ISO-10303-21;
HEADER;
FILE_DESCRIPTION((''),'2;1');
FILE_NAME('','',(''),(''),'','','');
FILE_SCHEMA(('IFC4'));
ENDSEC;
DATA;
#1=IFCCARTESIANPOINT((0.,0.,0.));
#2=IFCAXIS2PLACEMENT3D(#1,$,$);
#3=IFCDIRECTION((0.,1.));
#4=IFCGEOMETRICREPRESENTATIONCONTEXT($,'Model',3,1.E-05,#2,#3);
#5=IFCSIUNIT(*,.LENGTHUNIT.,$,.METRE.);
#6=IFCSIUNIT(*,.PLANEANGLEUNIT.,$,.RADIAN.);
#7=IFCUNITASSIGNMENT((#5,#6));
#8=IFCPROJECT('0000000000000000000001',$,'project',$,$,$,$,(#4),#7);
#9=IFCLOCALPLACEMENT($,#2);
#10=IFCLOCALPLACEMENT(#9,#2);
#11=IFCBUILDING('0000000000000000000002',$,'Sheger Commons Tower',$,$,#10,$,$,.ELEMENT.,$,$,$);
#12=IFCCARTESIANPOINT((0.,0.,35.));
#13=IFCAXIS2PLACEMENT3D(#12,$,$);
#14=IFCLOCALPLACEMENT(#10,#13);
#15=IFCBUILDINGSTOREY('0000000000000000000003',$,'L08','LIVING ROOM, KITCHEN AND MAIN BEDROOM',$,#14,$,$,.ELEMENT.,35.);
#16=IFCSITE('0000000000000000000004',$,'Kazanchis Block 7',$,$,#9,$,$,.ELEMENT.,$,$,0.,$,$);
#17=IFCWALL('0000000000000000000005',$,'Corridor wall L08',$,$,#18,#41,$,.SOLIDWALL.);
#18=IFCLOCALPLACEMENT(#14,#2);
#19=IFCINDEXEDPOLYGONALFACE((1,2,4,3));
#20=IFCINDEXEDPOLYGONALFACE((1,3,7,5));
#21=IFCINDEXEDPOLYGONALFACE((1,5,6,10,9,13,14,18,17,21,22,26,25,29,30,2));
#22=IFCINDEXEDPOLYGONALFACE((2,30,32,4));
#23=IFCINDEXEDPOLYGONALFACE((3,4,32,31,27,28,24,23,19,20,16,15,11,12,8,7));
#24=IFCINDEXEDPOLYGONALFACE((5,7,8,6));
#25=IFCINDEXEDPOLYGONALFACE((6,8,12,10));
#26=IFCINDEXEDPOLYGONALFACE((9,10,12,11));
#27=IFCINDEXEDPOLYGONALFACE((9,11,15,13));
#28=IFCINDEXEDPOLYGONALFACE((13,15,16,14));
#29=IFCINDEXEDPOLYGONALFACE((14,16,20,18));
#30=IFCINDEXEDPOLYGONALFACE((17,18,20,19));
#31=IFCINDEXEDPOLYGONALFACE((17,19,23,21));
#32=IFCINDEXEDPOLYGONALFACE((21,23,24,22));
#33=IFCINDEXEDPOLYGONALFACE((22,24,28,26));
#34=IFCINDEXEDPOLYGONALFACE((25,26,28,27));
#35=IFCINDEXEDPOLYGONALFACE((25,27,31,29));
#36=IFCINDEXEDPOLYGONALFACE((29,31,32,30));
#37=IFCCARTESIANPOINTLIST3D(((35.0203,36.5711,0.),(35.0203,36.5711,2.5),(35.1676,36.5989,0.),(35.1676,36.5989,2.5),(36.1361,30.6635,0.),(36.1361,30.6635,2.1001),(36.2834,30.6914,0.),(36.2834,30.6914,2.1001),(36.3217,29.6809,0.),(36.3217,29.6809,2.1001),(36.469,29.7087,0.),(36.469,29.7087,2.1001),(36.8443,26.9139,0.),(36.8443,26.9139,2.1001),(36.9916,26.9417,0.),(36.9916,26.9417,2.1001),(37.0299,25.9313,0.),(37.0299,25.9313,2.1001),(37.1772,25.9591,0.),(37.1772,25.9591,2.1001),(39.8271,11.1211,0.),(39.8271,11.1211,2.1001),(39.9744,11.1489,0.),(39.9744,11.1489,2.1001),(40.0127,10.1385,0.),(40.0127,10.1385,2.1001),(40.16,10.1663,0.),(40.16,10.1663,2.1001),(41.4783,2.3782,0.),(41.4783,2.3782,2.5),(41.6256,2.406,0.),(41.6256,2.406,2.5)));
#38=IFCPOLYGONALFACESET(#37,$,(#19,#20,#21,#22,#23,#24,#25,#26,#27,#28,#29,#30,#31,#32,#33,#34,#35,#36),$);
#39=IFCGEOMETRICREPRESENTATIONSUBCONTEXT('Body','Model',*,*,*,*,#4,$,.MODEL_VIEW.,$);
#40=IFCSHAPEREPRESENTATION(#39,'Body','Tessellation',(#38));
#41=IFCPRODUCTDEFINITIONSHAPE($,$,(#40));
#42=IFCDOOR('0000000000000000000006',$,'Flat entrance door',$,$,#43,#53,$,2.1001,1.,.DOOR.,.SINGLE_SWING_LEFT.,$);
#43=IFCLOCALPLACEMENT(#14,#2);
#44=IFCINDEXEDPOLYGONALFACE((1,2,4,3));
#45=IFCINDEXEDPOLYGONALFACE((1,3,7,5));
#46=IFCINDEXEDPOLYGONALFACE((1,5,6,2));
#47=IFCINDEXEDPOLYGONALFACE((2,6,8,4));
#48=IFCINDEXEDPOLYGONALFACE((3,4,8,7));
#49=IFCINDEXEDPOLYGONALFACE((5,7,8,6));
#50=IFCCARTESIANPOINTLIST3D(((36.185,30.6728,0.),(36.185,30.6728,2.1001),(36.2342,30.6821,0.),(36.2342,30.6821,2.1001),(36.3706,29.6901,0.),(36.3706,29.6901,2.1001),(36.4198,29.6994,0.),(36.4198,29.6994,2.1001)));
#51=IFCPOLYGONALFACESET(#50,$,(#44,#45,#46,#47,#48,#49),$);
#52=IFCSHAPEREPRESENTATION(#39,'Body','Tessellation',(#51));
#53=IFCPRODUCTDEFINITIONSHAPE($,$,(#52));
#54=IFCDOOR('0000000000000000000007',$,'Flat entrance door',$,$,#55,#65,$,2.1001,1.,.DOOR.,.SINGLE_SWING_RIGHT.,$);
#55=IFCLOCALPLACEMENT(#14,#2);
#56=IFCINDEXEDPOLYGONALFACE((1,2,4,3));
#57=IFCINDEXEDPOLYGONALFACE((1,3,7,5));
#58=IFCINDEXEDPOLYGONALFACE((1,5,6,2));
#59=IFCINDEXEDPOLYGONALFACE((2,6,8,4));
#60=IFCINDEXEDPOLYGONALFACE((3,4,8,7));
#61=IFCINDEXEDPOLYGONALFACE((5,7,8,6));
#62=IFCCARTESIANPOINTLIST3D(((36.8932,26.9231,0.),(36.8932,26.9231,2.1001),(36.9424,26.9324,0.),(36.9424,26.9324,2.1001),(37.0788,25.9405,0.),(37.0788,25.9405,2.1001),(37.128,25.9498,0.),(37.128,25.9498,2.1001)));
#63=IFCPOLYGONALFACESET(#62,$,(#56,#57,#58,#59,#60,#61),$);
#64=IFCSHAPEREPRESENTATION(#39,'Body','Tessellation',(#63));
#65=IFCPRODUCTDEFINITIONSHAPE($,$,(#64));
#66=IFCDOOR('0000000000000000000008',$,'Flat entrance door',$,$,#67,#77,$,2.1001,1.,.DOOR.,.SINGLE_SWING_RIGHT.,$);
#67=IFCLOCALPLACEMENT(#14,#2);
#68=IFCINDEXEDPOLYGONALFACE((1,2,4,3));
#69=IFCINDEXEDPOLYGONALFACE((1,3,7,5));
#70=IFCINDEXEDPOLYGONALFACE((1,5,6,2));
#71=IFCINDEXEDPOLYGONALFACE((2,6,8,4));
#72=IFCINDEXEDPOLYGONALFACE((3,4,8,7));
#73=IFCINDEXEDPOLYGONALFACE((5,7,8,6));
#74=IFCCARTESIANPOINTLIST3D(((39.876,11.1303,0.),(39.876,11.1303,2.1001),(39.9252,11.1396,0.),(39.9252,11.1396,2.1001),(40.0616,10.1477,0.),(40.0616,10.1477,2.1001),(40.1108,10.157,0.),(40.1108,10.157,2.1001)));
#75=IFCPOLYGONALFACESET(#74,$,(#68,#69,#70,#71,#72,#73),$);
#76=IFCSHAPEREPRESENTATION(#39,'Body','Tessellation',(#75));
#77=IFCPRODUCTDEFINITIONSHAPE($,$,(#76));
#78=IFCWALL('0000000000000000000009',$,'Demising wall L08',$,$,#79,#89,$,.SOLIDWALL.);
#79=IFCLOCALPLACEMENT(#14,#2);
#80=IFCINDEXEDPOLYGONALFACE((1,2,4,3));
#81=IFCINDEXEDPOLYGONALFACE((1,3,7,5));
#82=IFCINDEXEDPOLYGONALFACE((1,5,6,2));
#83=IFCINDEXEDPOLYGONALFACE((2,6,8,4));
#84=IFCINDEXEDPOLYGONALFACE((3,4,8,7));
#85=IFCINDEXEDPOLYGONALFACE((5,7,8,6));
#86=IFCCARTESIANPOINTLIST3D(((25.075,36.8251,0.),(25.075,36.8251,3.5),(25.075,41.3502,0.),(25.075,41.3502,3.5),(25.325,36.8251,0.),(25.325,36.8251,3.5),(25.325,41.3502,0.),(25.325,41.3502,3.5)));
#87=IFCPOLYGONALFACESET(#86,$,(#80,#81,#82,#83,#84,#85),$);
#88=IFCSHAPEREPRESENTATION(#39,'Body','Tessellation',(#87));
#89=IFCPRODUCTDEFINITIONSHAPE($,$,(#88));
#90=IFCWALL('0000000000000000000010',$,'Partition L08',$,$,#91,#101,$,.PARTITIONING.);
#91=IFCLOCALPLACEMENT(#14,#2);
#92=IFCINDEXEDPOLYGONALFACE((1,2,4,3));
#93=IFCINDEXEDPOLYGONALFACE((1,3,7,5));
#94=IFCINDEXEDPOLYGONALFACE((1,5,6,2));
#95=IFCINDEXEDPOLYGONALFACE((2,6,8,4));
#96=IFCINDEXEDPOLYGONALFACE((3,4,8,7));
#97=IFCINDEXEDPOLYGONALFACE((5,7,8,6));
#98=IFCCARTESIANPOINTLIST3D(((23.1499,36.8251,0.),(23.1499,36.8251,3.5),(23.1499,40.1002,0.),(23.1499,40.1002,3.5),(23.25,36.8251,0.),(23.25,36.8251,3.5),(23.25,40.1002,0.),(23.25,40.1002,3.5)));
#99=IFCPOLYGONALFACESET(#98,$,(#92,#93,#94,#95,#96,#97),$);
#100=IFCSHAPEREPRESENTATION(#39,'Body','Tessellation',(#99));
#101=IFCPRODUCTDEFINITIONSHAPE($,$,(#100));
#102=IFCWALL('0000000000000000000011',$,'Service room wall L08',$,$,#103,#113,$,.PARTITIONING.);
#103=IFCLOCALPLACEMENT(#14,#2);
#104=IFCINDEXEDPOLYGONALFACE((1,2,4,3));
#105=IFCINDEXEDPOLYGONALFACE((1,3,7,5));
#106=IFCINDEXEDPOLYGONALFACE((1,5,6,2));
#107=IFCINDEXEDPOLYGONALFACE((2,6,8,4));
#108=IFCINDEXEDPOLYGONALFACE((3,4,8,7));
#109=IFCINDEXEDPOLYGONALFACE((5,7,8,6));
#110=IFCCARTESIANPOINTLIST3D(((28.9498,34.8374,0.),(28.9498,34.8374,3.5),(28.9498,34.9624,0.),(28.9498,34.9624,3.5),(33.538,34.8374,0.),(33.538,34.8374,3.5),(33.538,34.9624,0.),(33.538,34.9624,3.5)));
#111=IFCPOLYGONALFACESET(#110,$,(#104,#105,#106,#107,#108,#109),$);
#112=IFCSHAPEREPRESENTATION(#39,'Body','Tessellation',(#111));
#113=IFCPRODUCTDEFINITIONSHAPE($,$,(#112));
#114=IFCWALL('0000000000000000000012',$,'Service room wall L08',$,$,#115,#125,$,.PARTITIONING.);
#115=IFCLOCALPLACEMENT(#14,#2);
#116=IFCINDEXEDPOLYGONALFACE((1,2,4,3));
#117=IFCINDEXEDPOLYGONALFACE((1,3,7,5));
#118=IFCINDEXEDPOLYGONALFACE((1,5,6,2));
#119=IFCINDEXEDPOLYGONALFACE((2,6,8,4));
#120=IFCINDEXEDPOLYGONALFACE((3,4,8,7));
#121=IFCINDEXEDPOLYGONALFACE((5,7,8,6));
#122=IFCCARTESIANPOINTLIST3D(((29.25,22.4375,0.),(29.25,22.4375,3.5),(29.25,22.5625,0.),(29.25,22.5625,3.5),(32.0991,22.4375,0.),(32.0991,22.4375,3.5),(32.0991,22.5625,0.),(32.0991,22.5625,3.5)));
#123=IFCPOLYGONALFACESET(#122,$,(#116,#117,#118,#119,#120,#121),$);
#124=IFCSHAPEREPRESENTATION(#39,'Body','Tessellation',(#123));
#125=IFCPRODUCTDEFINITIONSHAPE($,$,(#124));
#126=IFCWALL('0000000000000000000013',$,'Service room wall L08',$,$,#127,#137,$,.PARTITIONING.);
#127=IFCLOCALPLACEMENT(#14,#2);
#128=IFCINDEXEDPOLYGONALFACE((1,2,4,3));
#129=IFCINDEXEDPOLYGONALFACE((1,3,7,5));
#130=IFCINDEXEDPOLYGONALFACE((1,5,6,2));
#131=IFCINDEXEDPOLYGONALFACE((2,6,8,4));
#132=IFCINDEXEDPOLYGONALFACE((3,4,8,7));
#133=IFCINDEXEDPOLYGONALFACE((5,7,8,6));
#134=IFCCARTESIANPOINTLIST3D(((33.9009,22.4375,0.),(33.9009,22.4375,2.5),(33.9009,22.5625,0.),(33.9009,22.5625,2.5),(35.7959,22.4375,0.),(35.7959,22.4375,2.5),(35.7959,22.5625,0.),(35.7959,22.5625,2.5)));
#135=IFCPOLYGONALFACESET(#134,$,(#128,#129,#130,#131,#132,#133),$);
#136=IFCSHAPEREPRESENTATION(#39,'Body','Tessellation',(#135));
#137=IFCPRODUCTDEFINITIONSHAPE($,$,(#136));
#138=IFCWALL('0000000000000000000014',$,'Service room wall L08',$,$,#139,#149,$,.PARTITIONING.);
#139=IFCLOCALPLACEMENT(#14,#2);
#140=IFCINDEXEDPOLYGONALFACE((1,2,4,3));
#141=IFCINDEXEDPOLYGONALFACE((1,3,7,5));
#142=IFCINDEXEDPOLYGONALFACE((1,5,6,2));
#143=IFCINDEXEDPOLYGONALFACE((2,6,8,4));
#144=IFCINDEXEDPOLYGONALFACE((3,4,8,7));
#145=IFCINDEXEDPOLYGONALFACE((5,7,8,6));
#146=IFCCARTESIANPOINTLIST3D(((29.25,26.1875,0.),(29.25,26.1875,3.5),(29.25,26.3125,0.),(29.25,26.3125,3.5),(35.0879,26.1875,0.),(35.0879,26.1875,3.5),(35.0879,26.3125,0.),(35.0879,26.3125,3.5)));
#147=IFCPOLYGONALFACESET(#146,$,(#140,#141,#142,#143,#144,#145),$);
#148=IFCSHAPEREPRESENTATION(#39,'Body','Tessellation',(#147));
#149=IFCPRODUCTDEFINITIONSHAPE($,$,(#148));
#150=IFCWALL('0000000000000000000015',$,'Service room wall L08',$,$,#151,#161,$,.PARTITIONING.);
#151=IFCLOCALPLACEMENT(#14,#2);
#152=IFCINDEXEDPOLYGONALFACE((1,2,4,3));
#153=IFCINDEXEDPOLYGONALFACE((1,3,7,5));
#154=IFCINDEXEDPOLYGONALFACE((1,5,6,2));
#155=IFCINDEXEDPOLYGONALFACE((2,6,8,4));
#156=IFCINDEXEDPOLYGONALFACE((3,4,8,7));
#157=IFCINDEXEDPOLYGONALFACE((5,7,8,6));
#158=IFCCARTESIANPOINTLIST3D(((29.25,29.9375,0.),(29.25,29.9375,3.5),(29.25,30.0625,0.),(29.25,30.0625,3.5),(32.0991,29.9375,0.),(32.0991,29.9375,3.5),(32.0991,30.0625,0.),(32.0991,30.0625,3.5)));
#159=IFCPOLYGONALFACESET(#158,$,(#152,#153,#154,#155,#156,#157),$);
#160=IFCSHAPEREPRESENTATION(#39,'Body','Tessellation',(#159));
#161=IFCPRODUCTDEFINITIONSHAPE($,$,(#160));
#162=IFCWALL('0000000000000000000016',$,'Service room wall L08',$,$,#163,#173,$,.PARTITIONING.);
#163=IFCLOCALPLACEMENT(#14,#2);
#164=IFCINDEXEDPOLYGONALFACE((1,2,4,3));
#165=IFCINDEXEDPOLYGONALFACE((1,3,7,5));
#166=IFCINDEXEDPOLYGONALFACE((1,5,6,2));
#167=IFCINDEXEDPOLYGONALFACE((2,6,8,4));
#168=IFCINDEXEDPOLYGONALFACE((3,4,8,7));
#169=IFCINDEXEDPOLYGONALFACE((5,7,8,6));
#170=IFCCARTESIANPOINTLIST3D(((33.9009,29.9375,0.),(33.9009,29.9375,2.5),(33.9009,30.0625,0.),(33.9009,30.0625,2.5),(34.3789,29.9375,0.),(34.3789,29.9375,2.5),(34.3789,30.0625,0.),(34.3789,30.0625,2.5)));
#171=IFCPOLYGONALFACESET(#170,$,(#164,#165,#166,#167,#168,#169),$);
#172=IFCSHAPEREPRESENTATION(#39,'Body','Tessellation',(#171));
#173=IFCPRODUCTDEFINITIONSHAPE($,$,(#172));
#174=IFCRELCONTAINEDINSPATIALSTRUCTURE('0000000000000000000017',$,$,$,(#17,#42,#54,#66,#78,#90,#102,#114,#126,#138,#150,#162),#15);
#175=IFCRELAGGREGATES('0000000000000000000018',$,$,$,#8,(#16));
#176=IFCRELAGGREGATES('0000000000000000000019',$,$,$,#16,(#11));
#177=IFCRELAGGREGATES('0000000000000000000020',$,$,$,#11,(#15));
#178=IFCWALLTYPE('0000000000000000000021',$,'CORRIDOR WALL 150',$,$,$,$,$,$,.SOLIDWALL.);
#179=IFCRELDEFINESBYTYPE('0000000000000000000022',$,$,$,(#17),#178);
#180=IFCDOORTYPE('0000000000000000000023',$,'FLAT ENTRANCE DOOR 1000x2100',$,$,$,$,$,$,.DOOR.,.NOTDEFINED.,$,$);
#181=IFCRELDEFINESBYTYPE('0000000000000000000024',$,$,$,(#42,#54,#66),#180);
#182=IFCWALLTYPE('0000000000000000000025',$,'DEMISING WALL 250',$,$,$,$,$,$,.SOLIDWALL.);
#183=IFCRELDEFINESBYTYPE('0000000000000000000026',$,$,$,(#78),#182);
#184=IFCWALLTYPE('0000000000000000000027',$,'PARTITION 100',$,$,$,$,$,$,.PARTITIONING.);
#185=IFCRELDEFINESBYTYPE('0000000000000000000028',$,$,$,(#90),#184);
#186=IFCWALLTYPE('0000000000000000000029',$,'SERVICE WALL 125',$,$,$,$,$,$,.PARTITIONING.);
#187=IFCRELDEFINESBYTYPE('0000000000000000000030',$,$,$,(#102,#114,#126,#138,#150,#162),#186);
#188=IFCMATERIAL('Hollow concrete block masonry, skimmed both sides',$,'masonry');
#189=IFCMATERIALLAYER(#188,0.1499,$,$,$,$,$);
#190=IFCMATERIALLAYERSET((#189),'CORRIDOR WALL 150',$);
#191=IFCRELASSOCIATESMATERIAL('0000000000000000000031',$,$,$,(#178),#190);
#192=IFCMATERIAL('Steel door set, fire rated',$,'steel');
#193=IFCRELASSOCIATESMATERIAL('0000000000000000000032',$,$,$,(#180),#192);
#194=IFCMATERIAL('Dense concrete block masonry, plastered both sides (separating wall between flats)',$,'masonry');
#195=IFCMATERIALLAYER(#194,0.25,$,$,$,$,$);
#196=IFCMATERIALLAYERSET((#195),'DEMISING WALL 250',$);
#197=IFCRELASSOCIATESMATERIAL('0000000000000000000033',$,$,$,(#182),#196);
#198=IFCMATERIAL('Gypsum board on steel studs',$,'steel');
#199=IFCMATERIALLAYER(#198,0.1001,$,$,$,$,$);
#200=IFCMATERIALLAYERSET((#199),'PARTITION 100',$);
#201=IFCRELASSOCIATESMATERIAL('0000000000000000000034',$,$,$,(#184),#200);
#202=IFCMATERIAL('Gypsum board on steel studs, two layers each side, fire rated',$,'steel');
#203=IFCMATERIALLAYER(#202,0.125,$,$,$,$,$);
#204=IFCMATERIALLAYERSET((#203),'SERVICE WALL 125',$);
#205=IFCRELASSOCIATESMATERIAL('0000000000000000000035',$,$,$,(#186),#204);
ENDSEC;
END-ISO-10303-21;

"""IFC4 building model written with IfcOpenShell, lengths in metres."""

from ifc_helpers import new_model, si_unit, direction, frame, frame_2d, origin, place, context, subcontext, project, spatial, rectangle, extrude, material, layer, layer_set, type_object, element, fill, save


model = new_model("IFC4")

# Units and contexts
model_context = context("Model", 3, precision=1e-05, world=origin(), true_north=direction((0.0, 1.0)))
body_context = subcontext(model_context, "Body", "Model", "MODEL_VIEW")
ifc_project = project(units=[si_unit("LENGTHUNIT", "METRE"), si_unit("PLANEANGLEUNIT", "RADIAN")], contexts=[model_context])

# Site, building, storey
site_placement = place(None, origin())
site = spatial("IfcSite", under=ifc_project, at=site_placement, Name="Kazanchis Block 7", CompositionType="ELEMENT", RefElevation=0.0)
building_placement = place(site_placement, origin())
building = spatial("IfcBuilding", under=site, at=building_placement, Name="Sheger Commons Tower", CompositionType="ELEMENT")
storey_placement = place(building_placement, frame((0.0, 0.0, 35.0)))
storey = spatial("IfcBuildingStorey", under=building, at=storey_placement, Name="L08", Description="LIVING ROOM, KITCHEN AND MAIN BEDROOM", CompositionType="ELEMENT", Elevation=35.0)

# Shared definitions
ifc_material_1 = material(Name="Hollow concrete block masonry, skimmed both sides", Category="masonry")
ifc_layer_1 = layer(ifc_material_1, 0.1499)
ifc_layer_set_1 = layer_set([ifc_layer_1], Name="CORRIDOR WALL 150")
wall_type_1 = type_object("IfcWallType", Name="CORRIDOR WALL 150", PredefinedType="SOLIDWALL", material=ifc_layer_set_1)
ifc_material_2 = material(Name="Steel door set, fire rated", Category="steel")
door_type_1 = type_object("IfcDoorType", Name="FLAT ENTRANCE DOOR 1000x2100", OperationType="NOTDEFINED", PredefinedType="DOOR", material=ifc_material_2)

# Wall, openings, doors
wall_1_placement = place(storey_placement, frame((35.094, 36.585, 0.0), z_axis=(0.0, 0.0, 1.0), x_axis=(0.185589, -0.982627, 0.0)))
wall_1 = element("IfcWall", 1, at=wall_1_placement, inside=storey, type_object=wall_type_1, Name="Corridor wall L08", PredefinedType="SOLIDWALL", context=body_context, shape_type="SweptSolid", body=[
    extrude(rectangle(XDim=34.7974, YDim=0.1499, at=frame_2d((17.3987, 0.0))), origin(), (0.0, 0.0, 1.0), 2.5),
])
opening_1_placement = place(wall_1_placement, frame((6.012, 0.0, 0.0)))
opening_1 = element("IfcOpeningElement", 2, at=opening_1_placement, cuts=wall_1, PredefinedType="OPENING", context=body_context, shape_type="SweptSolid", body=[
    extrude(rectangle(XDim=1.0, YDim=2.1001, at=frame_2d((0.5, 1.05))), frame((0.0, 0.085, 0.0), z_axis=(0.0, -1.0, 0.0), x_axis=(1.0, 0.0, 0.0)), (0.0, 0.0, 1.0), 0.1699),
])
opening_2_placement = place(wall_1_placement, frame((9.8279, 0.0, 0.0)))
opening_2 = element("IfcOpeningElement", 3, at=opening_2_placement, cuts=wall_1, PredefinedType="OPENING", context=body_context, shape_type="SweptSolid", body=[
    extrude(rectangle(XDim=1.0, YDim=2.1001, at=frame_2d((0.5, 1.05))), frame((0.0, 0.085, 0.0), z_axis=(0.0, -1.0, 0.0), x_axis=(1.0, 0.0, 0.0)), (0.0, 0.0, 1.0), 0.1699),
])
opening_3_placement = place(wall_1_placement, frame((25.8999, 0.0, 0.0)))
opening_3 = element("IfcOpeningElement", 4, at=opening_3_placement, cuts=wall_1, PredefinedType="OPENING", context=body_context, shape_type="SweptSolid", body=[
    extrude(rectangle(XDim=1.0, YDim=2.1001, at=frame_2d((0.5, 1.05))), frame((0.0, 0.085, 0.0), z_axis=(0.0, -1.0, 0.0), x_axis=(1.0, 0.0, 0.0)), (0.0, 0.0, 1.0), 0.1699),
])
door_1_placement = place(opening_1_placement, origin())
door_1 = element("IfcDoor", 5, at=door_1_placement, inside=storey, type_object=door_type_1, Name="Flat entrance door", OperationType="SINGLE_SWING_LEFT", OverallHeight=2.1001, OverallWidth=1.0, PredefinedType="DOOR", context=body_context, shape_type="SweptSolid", body=[
    extrude(rectangle(XDim=1.0, YDim=2.1001, at=frame_2d((0.5, 1.05))), frame((0.0, 0.0249, 0.0), z_axis=(0.0, -1.0, 0.0), x_axis=(1.0, 0.0, 0.0)), (0.0, 0.0, 1.0), 0.05),
])
fill(opening_1, door_1)
door_2_placement = place(opening_2_placement, origin())
door_2 = element("IfcDoor", 6, at=door_2_placement, inside=storey, type_object=door_type_1, Name="Flat entrance door", OperationType="SINGLE_SWING_RIGHT", OverallHeight=2.1001, OverallWidth=1.0, PredefinedType="DOOR", context=body_context, shape_type="SweptSolid", body=[
    extrude(rectangle(XDim=1.0, YDim=2.1001, at=frame_2d((0.5, 1.05))), frame((0.0, 0.0249, 0.0), z_axis=(0.0, -1.0, 0.0), x_axis=(1.0, 0.0, 0.0)), (0.0, 0.0, 1.0), 0.05),
])
fill(opening_2, door_2)
door_3_placement = place(opening_3_placement, origin())
door_3 = element("IfcDoor", 7, at=door_3_placement, inside=storey, type_object=door_type_1, Name="Flat entrance door", OperationType="SINGLE_SWING_RIGHT", OverallHeight=2.1001, OverallWidth=1.0, PredefinedType="DOOR", context=body_context, shape_type="SweptSolid", body=[
    extrude(rectangle(XDim=1.0, YDim=2.1001, at=frame_2d((0.5, 1.05))), frame((0.0, 0.0249, 0.0), z_axis=(0.0, -1.0, 0.0), x_axis=(1.0, 0.0, 0.0)), (0.0, 0.0, 1.0), 0.05),
])
fill(opening_3, door_3)

# Walls
ifc_material_3 = material(Name="Dense concrete block masonry, plastered both sides (separating wall between flats)", Category="masonry")
ifc_layer_2 = layer(ifc_material_3, 0.25)
ifc_layer_set_2 = layer_set([ifc_layer_2], Name="DEMISING WALL 250")
wall_type_2 = type_object("IfcWallType", Name="DEMISING WALL 250", PredefinedType="SOLIDWALL", material=ifc_layer_set_2)
wall_2_placement = place(storey_placement, frame((25.2, 36.825, 0.0), z_axis=(0.0, 0.0, 1.0), x_axis=(0.0, 1.0, 0.0)))
element("IfcWall", 8, at=wall_2_placement, inside=storey, type_object=wall_type_2, Name="Demising wall L08", PredefinedType="SOLIDWALL", context=body_context, shape_type="SweptSolid", body=[
    extrude(rectangle(XDim=4.5251, YDim=0.25, at=frame_2d((2.2627, 0.0))), origin(), (0.0, 0.0, 1.0), 3.5),
])
ifc_material_4 = material(Name="Gypsum board on steel studs", Category="steel")
ifc_layer_3 = layer(ifc_material_4, 0.1001)
ifc_layer_set_3 = layer_set([ifc_layer_3], Name="PARTITION 100")
wall_type_3 = type_object("IfcWallType", Name="PARTITION 100", PredefinedType="PARTITIONING", material=ifc_layer_set_3)
wall_3_placement = place(storey_placement, frame((23.2, 36.825, 0.0), z_axis=(0.0, 0.0, 1.0), x_axis=(0.0, 1.0, 0.0)))
element("IfcWall", 9, at=wall_3_placement, inside=storey, type_object=wall_type_3, Name="Partition L08", PredefinedType="PARTITIONING", context=body_context, shape_type="SweptSolid", body=[
    extrude(rectangle(XDim=3.2751, YDim=0.1001, at=frame_2d((1.6377, 0.0))), origin(), (0.0, 0.0, 1.0), 3.5),
])
ifc_material_5 = material(Name="Gypsum board on steel studs, two layers each side, fire rated", Category="steel")
ifc_layer_4 = layer(ifc_material_5, 0.125)
ifc_layer_set_4 = layer_set([ifc_layer_4], Name="SERVICE WALL 125")
wall_type_4 = type_object("IfcWallType", Name="SERVICE WALL 125", PredefinedType="PARTITIONING", material=ifc_layer_set_4)
wall_4_placement = place(storey_placement, frame((28.95, 34.8999, 0.0), z_axis=(0.0, 0.0, 1.0), x_axis=(1.0, 0.0, 0.0)))
element("IfcWall", 10, at=wall_4_placement, inside=storey, type_object=wall_type_4, Name="Service room wall L08", PredefinedType="PARTITIONING", context=body_context, shape_type="SweptSolid", body=[
    extrude(rectangle(XDim=4.5881, YDim=0.125, at=frame_2d((2.2939, 0.0))), origin(), (0.0, 0.0, 1.0), 3.5),
])
wall_5_placement = place(storey_placement, frame((29.25, 22.5, 0.0), z_axis=(0.0, 0.0, 1.0), x_axis=(1.0, 0.0, 0.0)))
element("IfcWall", 11, at=wall_5_placement, inside=storey, type_object=wall_type_4, Name="Service room wall L08", PredefinedType="PARTITIONING", context=body_context, shape_type="SweptSolid", body=[
    extrude(rectangle(XDim=2.8491, YDim=0.125, at=frame_2d((1.4246, 0.0))), origin(), (0.0, 0.0, 1.0), 3.5),
])
wall_6_placement = place(storey_placement, frame((33.9009, 22.5, 0.0), z_axis=(0.0, 0.0, 1.0), x_axis=(1.0, 0.0, 0.0)))
element("IfcWall", 12, at=wall_6_placement, inside=storey, type_object=wall_type_4, Name="Service room wall L08", PredefinedType="PARTITIONING", context=body_context, shape_type="SweptSolid", body=[
    extrude(rectangle(XDim=1.895, YDim=0.125, at=frame_2d((0.9475, 0.0))), origin(), (0.0, 0.0, 1.0), 2.5),
])
wall_7_placement = place(storey_placement, frame((29.25, 26.25, 0.0), z_axis=(0.0, 0.0, 1.0), x_axis=(1.0, 0.0, 0.0)))
element("IfcWall", 13, at=wall_7_placement, inside=storey, type_object=wall_type_4, Name="Service room wall L08", PredefinedType="PARTITIONING", context=body_context, shape_type="SweptSolid", body=[
    extrude(rectangle(XDim=5.8379, YDim=0.125, at=frame_2d((2.9189, 0.0))), origin(), (0.0, 0.0, 1.0), 3.5),
])
wall_8_placement = place(storey_placement, frame((29.25, 30.0, 0.0), z_axis=(0.0, 0.0, 1.0), x_axis=(1.0, 0.0, 0.0)))
element("IfcWall", 14, at=wall_8_placement, inside=storey, type_object=wall_type_4, Name="Service room wall L08", PredefinedType="PARTITIONING", context=body_context, shape_type="SweptSolid", body=[
    extrude(rectangle(XDim=2.8491, YDim=0.125, at=frame_2d((1.4246, 0.0))), origin(), (0.0, 0.0, 1.0), 3.5),
])
wall_9_placement = place(storey_placement, frame((33.9009, 30.0, 0.0), z_axis=(0.0, 0.0, 1.0), x_axis=(1.0, 0.0, 0.0)))
element("IfcWall", 15, at=wall_9_placement, inside=storey, type_object=wall_type_4, Name="Service room wall L08", PredefinedType="PARTITIONING", context=body_context, shape_type="SweptSolid", body=[
    extrude(rectangle(XDim=0.478, YDim=0.125, at=frame_2d((0.239, 0.0))), origin(), (0.0, 0.0, 1.0), 2.5),
])

save(model, "model.ifc")
